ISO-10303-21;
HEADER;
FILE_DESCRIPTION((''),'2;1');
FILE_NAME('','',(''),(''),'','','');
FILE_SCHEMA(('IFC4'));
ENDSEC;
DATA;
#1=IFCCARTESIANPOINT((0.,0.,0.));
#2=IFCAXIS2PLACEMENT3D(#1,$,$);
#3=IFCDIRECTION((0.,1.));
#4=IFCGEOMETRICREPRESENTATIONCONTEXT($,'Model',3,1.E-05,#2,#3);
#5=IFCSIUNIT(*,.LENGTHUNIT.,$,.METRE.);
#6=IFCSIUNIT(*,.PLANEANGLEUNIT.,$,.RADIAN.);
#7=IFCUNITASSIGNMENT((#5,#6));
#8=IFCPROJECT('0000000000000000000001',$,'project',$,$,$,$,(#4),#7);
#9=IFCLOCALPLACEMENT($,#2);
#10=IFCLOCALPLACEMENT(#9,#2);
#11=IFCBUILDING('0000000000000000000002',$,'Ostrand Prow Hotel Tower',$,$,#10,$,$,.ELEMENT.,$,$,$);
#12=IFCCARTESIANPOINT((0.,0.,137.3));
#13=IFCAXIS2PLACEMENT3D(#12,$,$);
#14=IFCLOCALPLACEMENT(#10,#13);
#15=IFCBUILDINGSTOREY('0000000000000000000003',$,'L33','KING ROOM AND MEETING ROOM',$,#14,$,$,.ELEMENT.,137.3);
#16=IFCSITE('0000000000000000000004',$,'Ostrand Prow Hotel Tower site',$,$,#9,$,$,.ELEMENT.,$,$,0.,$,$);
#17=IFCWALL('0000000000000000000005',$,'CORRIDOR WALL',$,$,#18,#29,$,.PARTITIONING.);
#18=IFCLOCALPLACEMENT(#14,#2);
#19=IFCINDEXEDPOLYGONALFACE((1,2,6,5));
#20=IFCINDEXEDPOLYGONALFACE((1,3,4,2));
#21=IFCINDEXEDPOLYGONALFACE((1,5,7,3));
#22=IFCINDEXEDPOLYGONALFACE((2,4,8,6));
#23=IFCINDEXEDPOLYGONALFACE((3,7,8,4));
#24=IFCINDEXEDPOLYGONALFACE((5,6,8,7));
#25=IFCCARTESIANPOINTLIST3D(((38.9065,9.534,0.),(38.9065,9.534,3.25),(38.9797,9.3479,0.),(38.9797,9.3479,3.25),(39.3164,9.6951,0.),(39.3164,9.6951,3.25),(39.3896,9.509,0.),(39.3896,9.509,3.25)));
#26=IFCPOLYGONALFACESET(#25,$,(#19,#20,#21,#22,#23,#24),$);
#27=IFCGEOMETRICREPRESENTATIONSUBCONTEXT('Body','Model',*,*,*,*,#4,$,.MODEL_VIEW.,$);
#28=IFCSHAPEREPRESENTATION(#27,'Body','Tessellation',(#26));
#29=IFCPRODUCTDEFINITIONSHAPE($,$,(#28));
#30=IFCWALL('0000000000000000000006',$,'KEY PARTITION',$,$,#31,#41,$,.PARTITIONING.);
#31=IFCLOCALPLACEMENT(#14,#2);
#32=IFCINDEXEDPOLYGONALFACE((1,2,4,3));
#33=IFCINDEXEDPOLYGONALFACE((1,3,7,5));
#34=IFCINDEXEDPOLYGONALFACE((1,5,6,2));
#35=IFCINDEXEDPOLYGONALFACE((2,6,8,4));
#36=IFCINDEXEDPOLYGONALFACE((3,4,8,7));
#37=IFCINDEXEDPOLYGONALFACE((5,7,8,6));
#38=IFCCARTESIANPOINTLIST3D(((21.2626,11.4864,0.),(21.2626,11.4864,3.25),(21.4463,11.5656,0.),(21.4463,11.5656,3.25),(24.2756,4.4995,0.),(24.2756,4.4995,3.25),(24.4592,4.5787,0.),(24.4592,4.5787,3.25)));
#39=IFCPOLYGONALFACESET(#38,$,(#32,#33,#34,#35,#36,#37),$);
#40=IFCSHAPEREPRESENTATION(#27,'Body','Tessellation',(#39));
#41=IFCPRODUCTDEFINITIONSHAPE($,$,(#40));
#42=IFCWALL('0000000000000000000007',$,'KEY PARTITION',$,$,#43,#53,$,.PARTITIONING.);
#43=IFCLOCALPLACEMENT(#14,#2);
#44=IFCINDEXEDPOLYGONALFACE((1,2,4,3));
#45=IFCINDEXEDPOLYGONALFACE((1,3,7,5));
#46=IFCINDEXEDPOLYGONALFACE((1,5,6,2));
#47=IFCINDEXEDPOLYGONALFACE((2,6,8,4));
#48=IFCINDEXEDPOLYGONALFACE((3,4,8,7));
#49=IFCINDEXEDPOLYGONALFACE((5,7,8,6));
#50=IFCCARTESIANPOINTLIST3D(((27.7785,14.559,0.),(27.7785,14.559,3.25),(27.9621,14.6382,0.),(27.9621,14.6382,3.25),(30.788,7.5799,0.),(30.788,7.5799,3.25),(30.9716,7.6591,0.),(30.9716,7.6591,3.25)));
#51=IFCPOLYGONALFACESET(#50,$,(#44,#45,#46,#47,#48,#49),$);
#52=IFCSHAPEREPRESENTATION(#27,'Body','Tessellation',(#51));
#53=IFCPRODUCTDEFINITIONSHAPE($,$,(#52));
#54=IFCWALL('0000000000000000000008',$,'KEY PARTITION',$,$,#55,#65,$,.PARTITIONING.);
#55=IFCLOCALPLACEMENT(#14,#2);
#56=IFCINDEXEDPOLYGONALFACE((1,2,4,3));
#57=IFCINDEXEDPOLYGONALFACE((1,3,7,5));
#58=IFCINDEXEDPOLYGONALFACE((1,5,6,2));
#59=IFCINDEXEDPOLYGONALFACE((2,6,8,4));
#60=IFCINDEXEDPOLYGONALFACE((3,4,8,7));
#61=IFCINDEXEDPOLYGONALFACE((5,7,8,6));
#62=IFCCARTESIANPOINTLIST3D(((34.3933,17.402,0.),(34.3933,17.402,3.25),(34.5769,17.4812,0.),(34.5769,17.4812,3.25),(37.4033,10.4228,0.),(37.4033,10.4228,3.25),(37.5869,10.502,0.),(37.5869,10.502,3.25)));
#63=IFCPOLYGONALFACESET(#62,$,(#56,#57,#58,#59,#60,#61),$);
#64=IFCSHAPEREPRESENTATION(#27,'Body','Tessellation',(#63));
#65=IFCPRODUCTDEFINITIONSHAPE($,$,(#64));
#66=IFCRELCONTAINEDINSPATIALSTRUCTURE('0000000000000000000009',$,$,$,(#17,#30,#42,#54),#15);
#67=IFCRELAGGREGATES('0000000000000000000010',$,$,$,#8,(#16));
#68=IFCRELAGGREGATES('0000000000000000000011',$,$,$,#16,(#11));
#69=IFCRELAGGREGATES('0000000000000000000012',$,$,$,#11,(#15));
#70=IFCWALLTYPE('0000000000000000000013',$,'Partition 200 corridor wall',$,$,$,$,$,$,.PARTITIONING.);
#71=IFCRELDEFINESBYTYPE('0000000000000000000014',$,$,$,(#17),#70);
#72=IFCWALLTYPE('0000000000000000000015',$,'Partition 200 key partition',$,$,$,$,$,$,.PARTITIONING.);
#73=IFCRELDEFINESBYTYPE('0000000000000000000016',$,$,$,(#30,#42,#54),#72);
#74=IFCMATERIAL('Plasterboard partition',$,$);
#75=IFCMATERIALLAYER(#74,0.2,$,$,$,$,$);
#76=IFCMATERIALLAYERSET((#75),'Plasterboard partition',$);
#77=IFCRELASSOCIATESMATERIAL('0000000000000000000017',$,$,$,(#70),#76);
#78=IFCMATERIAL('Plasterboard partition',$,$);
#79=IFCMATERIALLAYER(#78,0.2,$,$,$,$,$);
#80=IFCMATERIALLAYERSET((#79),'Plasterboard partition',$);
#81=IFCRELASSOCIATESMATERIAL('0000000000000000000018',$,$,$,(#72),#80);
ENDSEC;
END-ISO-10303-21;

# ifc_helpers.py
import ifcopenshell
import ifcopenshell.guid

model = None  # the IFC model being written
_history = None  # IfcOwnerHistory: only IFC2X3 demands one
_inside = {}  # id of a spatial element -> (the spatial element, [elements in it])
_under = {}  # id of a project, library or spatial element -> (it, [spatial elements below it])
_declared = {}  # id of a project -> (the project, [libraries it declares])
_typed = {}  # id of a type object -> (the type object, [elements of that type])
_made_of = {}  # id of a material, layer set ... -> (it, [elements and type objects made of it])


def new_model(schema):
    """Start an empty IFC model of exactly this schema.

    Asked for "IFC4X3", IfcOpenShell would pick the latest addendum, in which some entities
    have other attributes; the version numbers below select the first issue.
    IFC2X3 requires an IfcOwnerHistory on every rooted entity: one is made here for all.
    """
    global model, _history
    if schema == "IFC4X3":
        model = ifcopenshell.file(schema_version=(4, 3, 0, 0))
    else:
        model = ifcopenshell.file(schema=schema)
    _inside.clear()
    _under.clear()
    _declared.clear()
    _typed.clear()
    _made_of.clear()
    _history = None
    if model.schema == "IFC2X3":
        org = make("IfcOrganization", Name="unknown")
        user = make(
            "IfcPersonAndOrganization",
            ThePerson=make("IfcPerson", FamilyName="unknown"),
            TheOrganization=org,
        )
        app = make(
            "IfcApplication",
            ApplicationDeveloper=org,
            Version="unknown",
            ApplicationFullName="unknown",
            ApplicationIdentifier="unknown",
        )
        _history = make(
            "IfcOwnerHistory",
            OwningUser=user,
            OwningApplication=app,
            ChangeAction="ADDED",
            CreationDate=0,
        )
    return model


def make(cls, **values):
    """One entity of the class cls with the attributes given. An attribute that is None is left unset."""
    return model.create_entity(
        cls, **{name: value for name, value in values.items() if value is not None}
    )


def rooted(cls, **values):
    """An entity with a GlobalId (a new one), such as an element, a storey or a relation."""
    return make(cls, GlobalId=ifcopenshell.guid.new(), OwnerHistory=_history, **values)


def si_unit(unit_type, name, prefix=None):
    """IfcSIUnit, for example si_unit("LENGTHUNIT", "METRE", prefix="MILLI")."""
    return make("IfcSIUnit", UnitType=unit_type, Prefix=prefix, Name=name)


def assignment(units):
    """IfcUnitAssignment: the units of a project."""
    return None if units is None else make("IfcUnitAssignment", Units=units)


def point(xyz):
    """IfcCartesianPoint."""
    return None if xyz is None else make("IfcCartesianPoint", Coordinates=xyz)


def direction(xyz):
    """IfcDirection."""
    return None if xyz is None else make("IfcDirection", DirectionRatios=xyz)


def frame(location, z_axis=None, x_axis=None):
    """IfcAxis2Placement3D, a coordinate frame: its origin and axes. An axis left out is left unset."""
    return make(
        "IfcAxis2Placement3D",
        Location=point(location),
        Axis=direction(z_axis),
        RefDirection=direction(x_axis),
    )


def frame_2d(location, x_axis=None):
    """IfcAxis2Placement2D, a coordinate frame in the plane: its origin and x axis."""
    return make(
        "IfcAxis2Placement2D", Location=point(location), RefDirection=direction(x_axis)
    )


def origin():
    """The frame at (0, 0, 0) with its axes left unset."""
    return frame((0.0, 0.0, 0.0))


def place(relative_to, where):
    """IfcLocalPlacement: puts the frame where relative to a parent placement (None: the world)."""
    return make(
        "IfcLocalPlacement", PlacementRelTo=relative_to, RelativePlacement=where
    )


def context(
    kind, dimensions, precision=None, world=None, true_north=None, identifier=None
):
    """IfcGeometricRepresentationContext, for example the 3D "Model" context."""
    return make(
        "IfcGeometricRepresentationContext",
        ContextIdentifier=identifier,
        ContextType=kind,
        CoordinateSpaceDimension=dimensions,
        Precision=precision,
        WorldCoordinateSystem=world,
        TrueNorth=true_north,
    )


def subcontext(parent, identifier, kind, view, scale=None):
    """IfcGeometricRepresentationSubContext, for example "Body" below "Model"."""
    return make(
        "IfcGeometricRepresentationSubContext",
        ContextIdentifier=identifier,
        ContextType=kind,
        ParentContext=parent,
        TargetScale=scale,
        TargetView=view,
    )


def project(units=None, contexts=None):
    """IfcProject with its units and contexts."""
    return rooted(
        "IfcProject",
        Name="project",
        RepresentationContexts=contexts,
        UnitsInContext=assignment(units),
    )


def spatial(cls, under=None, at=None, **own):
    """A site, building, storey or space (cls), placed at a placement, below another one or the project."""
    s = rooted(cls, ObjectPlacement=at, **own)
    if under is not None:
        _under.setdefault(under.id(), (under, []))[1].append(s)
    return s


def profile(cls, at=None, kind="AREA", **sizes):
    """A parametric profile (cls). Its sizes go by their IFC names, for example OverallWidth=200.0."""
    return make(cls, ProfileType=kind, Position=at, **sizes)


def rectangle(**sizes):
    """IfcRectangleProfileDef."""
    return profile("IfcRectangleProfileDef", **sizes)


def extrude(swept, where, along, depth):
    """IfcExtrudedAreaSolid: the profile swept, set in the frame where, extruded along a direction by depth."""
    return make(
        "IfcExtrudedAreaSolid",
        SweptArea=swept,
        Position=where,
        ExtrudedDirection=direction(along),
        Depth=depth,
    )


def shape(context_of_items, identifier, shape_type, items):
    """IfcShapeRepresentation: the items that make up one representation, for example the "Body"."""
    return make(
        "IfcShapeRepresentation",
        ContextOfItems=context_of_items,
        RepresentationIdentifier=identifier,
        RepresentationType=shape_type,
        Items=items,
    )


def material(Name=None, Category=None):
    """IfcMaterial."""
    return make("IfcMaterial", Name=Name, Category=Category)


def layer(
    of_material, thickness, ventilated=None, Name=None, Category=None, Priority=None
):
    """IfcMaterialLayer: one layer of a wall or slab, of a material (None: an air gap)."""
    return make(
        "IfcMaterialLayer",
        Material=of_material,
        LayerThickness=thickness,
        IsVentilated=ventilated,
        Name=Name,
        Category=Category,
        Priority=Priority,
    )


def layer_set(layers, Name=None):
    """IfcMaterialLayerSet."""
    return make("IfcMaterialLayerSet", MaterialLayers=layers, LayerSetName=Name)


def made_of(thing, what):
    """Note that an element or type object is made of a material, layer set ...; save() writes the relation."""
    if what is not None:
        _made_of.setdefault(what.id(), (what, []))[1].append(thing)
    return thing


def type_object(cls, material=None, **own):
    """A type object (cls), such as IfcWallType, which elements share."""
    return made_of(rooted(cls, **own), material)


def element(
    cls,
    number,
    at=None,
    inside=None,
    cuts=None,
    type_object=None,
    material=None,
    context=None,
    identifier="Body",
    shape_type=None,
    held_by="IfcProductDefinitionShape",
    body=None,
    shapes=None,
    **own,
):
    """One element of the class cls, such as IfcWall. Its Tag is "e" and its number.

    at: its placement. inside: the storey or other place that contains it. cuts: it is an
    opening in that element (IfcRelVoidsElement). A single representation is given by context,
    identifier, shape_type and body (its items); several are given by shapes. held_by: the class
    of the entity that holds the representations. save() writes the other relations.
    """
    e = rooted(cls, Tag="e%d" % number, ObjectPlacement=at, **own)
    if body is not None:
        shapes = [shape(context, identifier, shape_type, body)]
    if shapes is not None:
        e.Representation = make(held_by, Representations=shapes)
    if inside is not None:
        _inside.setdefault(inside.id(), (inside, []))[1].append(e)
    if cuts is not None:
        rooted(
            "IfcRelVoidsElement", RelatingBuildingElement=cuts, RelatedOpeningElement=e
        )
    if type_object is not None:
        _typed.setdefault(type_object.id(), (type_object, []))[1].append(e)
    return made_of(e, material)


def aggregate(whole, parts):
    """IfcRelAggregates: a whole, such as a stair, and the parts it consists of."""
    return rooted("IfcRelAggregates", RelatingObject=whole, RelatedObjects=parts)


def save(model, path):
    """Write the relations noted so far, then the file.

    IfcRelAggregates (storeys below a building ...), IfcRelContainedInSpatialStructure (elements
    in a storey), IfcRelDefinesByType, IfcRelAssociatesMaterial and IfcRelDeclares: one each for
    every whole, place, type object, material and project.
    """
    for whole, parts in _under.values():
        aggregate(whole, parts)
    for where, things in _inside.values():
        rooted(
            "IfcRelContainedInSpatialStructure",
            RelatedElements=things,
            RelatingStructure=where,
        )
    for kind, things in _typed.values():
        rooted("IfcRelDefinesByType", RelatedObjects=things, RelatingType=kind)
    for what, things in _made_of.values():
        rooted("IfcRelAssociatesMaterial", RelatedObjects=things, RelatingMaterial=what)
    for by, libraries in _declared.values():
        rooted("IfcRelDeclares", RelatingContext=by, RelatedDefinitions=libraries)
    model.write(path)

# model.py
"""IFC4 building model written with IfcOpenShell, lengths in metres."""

from ifc_helpers import new_model, si_unit, direction, frame, frame_2d, origin, place, context, subcontext, project, spatial, rectangle, extrude, material, layer, layer_set, type_object, element, save


model = new_model("IFC4")

# Units and contexts
model_context = context("Model", 3, precision=1e-05, world=origin(), true_north=direction((0.0, 1.0)))
body_context = subcontext(model_context, "Body", "Model", "MODEL_VIEW")
ifc_project = project(units=[si_unit("LENGTHUNIT", "METRE"), si_unit("PLANEANGLEUNIT", "RADIAN")], contexts=[model_context])

# Site, building, storey
site_placement = place(None, origin())
site = spatial("IfcSite", under=ifc_project, at=site_placement, Name="Ostrand Prow Hotel Tower site", CompositionType="ELEMENT", RefElevation=0.0)
building_placement = place(site_placement, origin())
building = spatial("IfcBuilding", under=site, at=building_placement, Name="Ostrand Prow Hotel Tower", CompositionType="ELEMENT")
storey_placement = place(building_placement, frame((0.0, 0.0, 137.3)))
storey = spatial("IfcBuildingStorey", under=building, at=storey_placement, Name="L33", Description="KING ROOM AND MEETING ROOM", CompositionType="ELEMENT", Elevation=137.3)

# Shared definitions
ifc_material_1 = material(Name="Plasterboard partition")
ifc_layer_1 = layer(ifc_material_1, 0.2)
ifc_layer_set_1 = layer_set([ifc_layer_1], Name="Plasterboard partition")
wall_type_1 = type_object("IfcWallType", Name="Partition 200 corridor wall", PredefinedType="PARTITIONING", material=ifc_layer_set_1)

# Walls
wall_1_placement = place(storey_placement, frame((38.9431, 9.4409, 0.0), z_axis=(0.0, 0.0, 1.0), x_axis=(0.930677, 0.365841, 0.0)))
element("IfcWall", 1, at=wall_1_placement, inside=storey, type_object=wall_type_1, Name="CORRIDOR WALL", PredefinedType="PARTITIONING", context=body_context, shape_type="SweptSolid", body=[
    extrude(rectangle(XDim=0.4404, YDim=0.2, at=frame_2d((0.2202, 0.0))), origin(), (0.0, 0.0, 1.0), 3.25),
])
ifc_material_2 = material(Name="Plasterboard partition")
ifc_layer_2 = layer(ifc_material_2, 0.2)
ifc_layer_set_2 = layer_set([ifc_layer_2], Name="Plasterboard partition")
wall_type_2 = type_object("IfcWallType", Name="Partition 200 key partition", PredefinedType="PARTITIONING", material=ifc_layer_set_2)
wall_2_placement = place(storey_placement, frame((24.3674, 4.5391, 0.0), z_axis=(0.0, 0.0, 1.0), x_axis=(-0.395982, 0.918258, 0.0)))
element("IfcWall", 2, at=wall_2_placement, inside=storey, type_object=wall_type_2, Name="KEY PARTITION", PredefinedType="PARTITIONING", context=body_context, shape_type="SweptSolid", body=[
    extrude(rectangle(XDim=7.6089, YDim=0.2, at=frame_2d((3.8044, 0.0))), origin(), (0.0, 0.0, 1.0), 3.25),
])
wall_3_placement = place(storey_placement, frame((30.8799, 7.6194, 0.0), z_axis=(0.0, 0.0, 1.0), x_axis=(-0.395977, 0.91826, 0.0)))
element("IfcWall", 3, at=wall_3_placement, inside=storey, type_object=wall_type_2, Name="KEY PARTITION", PredefinedType="PARTITIONING", context=body_context, shape_type="SweptSolid", body=[
    extrude(rectangle(XDim=7.6003, YDim=0.2, at=frame_2d((3.8003, 0.0))), origin(), (0.0, 0.0, 1.0), 3.25),
])
wall_4_placement = place(storey_placement, frame((37.4951, 10.4624, 0.0), z_axis=(0.0, 0.0, 1.0), x_axis=(-0.396019, 0.918242, 0.0)))
element("IfcWall", 4, at=wall_4_placement, inside=storey, type_object=wall_type_2, Name="KEY PARTITION", PredefinedType="PARTITIONING", context=body_context, shape_type="SweptSolid", body=[
    extrude(rectangle(XDim=7.6006, YDim=0.2, at=frame_2d((3.8003, 0.0))), origin(), (0.0, 0.0, 1.0), 3.25),
])

save(model, "model.ifc")
